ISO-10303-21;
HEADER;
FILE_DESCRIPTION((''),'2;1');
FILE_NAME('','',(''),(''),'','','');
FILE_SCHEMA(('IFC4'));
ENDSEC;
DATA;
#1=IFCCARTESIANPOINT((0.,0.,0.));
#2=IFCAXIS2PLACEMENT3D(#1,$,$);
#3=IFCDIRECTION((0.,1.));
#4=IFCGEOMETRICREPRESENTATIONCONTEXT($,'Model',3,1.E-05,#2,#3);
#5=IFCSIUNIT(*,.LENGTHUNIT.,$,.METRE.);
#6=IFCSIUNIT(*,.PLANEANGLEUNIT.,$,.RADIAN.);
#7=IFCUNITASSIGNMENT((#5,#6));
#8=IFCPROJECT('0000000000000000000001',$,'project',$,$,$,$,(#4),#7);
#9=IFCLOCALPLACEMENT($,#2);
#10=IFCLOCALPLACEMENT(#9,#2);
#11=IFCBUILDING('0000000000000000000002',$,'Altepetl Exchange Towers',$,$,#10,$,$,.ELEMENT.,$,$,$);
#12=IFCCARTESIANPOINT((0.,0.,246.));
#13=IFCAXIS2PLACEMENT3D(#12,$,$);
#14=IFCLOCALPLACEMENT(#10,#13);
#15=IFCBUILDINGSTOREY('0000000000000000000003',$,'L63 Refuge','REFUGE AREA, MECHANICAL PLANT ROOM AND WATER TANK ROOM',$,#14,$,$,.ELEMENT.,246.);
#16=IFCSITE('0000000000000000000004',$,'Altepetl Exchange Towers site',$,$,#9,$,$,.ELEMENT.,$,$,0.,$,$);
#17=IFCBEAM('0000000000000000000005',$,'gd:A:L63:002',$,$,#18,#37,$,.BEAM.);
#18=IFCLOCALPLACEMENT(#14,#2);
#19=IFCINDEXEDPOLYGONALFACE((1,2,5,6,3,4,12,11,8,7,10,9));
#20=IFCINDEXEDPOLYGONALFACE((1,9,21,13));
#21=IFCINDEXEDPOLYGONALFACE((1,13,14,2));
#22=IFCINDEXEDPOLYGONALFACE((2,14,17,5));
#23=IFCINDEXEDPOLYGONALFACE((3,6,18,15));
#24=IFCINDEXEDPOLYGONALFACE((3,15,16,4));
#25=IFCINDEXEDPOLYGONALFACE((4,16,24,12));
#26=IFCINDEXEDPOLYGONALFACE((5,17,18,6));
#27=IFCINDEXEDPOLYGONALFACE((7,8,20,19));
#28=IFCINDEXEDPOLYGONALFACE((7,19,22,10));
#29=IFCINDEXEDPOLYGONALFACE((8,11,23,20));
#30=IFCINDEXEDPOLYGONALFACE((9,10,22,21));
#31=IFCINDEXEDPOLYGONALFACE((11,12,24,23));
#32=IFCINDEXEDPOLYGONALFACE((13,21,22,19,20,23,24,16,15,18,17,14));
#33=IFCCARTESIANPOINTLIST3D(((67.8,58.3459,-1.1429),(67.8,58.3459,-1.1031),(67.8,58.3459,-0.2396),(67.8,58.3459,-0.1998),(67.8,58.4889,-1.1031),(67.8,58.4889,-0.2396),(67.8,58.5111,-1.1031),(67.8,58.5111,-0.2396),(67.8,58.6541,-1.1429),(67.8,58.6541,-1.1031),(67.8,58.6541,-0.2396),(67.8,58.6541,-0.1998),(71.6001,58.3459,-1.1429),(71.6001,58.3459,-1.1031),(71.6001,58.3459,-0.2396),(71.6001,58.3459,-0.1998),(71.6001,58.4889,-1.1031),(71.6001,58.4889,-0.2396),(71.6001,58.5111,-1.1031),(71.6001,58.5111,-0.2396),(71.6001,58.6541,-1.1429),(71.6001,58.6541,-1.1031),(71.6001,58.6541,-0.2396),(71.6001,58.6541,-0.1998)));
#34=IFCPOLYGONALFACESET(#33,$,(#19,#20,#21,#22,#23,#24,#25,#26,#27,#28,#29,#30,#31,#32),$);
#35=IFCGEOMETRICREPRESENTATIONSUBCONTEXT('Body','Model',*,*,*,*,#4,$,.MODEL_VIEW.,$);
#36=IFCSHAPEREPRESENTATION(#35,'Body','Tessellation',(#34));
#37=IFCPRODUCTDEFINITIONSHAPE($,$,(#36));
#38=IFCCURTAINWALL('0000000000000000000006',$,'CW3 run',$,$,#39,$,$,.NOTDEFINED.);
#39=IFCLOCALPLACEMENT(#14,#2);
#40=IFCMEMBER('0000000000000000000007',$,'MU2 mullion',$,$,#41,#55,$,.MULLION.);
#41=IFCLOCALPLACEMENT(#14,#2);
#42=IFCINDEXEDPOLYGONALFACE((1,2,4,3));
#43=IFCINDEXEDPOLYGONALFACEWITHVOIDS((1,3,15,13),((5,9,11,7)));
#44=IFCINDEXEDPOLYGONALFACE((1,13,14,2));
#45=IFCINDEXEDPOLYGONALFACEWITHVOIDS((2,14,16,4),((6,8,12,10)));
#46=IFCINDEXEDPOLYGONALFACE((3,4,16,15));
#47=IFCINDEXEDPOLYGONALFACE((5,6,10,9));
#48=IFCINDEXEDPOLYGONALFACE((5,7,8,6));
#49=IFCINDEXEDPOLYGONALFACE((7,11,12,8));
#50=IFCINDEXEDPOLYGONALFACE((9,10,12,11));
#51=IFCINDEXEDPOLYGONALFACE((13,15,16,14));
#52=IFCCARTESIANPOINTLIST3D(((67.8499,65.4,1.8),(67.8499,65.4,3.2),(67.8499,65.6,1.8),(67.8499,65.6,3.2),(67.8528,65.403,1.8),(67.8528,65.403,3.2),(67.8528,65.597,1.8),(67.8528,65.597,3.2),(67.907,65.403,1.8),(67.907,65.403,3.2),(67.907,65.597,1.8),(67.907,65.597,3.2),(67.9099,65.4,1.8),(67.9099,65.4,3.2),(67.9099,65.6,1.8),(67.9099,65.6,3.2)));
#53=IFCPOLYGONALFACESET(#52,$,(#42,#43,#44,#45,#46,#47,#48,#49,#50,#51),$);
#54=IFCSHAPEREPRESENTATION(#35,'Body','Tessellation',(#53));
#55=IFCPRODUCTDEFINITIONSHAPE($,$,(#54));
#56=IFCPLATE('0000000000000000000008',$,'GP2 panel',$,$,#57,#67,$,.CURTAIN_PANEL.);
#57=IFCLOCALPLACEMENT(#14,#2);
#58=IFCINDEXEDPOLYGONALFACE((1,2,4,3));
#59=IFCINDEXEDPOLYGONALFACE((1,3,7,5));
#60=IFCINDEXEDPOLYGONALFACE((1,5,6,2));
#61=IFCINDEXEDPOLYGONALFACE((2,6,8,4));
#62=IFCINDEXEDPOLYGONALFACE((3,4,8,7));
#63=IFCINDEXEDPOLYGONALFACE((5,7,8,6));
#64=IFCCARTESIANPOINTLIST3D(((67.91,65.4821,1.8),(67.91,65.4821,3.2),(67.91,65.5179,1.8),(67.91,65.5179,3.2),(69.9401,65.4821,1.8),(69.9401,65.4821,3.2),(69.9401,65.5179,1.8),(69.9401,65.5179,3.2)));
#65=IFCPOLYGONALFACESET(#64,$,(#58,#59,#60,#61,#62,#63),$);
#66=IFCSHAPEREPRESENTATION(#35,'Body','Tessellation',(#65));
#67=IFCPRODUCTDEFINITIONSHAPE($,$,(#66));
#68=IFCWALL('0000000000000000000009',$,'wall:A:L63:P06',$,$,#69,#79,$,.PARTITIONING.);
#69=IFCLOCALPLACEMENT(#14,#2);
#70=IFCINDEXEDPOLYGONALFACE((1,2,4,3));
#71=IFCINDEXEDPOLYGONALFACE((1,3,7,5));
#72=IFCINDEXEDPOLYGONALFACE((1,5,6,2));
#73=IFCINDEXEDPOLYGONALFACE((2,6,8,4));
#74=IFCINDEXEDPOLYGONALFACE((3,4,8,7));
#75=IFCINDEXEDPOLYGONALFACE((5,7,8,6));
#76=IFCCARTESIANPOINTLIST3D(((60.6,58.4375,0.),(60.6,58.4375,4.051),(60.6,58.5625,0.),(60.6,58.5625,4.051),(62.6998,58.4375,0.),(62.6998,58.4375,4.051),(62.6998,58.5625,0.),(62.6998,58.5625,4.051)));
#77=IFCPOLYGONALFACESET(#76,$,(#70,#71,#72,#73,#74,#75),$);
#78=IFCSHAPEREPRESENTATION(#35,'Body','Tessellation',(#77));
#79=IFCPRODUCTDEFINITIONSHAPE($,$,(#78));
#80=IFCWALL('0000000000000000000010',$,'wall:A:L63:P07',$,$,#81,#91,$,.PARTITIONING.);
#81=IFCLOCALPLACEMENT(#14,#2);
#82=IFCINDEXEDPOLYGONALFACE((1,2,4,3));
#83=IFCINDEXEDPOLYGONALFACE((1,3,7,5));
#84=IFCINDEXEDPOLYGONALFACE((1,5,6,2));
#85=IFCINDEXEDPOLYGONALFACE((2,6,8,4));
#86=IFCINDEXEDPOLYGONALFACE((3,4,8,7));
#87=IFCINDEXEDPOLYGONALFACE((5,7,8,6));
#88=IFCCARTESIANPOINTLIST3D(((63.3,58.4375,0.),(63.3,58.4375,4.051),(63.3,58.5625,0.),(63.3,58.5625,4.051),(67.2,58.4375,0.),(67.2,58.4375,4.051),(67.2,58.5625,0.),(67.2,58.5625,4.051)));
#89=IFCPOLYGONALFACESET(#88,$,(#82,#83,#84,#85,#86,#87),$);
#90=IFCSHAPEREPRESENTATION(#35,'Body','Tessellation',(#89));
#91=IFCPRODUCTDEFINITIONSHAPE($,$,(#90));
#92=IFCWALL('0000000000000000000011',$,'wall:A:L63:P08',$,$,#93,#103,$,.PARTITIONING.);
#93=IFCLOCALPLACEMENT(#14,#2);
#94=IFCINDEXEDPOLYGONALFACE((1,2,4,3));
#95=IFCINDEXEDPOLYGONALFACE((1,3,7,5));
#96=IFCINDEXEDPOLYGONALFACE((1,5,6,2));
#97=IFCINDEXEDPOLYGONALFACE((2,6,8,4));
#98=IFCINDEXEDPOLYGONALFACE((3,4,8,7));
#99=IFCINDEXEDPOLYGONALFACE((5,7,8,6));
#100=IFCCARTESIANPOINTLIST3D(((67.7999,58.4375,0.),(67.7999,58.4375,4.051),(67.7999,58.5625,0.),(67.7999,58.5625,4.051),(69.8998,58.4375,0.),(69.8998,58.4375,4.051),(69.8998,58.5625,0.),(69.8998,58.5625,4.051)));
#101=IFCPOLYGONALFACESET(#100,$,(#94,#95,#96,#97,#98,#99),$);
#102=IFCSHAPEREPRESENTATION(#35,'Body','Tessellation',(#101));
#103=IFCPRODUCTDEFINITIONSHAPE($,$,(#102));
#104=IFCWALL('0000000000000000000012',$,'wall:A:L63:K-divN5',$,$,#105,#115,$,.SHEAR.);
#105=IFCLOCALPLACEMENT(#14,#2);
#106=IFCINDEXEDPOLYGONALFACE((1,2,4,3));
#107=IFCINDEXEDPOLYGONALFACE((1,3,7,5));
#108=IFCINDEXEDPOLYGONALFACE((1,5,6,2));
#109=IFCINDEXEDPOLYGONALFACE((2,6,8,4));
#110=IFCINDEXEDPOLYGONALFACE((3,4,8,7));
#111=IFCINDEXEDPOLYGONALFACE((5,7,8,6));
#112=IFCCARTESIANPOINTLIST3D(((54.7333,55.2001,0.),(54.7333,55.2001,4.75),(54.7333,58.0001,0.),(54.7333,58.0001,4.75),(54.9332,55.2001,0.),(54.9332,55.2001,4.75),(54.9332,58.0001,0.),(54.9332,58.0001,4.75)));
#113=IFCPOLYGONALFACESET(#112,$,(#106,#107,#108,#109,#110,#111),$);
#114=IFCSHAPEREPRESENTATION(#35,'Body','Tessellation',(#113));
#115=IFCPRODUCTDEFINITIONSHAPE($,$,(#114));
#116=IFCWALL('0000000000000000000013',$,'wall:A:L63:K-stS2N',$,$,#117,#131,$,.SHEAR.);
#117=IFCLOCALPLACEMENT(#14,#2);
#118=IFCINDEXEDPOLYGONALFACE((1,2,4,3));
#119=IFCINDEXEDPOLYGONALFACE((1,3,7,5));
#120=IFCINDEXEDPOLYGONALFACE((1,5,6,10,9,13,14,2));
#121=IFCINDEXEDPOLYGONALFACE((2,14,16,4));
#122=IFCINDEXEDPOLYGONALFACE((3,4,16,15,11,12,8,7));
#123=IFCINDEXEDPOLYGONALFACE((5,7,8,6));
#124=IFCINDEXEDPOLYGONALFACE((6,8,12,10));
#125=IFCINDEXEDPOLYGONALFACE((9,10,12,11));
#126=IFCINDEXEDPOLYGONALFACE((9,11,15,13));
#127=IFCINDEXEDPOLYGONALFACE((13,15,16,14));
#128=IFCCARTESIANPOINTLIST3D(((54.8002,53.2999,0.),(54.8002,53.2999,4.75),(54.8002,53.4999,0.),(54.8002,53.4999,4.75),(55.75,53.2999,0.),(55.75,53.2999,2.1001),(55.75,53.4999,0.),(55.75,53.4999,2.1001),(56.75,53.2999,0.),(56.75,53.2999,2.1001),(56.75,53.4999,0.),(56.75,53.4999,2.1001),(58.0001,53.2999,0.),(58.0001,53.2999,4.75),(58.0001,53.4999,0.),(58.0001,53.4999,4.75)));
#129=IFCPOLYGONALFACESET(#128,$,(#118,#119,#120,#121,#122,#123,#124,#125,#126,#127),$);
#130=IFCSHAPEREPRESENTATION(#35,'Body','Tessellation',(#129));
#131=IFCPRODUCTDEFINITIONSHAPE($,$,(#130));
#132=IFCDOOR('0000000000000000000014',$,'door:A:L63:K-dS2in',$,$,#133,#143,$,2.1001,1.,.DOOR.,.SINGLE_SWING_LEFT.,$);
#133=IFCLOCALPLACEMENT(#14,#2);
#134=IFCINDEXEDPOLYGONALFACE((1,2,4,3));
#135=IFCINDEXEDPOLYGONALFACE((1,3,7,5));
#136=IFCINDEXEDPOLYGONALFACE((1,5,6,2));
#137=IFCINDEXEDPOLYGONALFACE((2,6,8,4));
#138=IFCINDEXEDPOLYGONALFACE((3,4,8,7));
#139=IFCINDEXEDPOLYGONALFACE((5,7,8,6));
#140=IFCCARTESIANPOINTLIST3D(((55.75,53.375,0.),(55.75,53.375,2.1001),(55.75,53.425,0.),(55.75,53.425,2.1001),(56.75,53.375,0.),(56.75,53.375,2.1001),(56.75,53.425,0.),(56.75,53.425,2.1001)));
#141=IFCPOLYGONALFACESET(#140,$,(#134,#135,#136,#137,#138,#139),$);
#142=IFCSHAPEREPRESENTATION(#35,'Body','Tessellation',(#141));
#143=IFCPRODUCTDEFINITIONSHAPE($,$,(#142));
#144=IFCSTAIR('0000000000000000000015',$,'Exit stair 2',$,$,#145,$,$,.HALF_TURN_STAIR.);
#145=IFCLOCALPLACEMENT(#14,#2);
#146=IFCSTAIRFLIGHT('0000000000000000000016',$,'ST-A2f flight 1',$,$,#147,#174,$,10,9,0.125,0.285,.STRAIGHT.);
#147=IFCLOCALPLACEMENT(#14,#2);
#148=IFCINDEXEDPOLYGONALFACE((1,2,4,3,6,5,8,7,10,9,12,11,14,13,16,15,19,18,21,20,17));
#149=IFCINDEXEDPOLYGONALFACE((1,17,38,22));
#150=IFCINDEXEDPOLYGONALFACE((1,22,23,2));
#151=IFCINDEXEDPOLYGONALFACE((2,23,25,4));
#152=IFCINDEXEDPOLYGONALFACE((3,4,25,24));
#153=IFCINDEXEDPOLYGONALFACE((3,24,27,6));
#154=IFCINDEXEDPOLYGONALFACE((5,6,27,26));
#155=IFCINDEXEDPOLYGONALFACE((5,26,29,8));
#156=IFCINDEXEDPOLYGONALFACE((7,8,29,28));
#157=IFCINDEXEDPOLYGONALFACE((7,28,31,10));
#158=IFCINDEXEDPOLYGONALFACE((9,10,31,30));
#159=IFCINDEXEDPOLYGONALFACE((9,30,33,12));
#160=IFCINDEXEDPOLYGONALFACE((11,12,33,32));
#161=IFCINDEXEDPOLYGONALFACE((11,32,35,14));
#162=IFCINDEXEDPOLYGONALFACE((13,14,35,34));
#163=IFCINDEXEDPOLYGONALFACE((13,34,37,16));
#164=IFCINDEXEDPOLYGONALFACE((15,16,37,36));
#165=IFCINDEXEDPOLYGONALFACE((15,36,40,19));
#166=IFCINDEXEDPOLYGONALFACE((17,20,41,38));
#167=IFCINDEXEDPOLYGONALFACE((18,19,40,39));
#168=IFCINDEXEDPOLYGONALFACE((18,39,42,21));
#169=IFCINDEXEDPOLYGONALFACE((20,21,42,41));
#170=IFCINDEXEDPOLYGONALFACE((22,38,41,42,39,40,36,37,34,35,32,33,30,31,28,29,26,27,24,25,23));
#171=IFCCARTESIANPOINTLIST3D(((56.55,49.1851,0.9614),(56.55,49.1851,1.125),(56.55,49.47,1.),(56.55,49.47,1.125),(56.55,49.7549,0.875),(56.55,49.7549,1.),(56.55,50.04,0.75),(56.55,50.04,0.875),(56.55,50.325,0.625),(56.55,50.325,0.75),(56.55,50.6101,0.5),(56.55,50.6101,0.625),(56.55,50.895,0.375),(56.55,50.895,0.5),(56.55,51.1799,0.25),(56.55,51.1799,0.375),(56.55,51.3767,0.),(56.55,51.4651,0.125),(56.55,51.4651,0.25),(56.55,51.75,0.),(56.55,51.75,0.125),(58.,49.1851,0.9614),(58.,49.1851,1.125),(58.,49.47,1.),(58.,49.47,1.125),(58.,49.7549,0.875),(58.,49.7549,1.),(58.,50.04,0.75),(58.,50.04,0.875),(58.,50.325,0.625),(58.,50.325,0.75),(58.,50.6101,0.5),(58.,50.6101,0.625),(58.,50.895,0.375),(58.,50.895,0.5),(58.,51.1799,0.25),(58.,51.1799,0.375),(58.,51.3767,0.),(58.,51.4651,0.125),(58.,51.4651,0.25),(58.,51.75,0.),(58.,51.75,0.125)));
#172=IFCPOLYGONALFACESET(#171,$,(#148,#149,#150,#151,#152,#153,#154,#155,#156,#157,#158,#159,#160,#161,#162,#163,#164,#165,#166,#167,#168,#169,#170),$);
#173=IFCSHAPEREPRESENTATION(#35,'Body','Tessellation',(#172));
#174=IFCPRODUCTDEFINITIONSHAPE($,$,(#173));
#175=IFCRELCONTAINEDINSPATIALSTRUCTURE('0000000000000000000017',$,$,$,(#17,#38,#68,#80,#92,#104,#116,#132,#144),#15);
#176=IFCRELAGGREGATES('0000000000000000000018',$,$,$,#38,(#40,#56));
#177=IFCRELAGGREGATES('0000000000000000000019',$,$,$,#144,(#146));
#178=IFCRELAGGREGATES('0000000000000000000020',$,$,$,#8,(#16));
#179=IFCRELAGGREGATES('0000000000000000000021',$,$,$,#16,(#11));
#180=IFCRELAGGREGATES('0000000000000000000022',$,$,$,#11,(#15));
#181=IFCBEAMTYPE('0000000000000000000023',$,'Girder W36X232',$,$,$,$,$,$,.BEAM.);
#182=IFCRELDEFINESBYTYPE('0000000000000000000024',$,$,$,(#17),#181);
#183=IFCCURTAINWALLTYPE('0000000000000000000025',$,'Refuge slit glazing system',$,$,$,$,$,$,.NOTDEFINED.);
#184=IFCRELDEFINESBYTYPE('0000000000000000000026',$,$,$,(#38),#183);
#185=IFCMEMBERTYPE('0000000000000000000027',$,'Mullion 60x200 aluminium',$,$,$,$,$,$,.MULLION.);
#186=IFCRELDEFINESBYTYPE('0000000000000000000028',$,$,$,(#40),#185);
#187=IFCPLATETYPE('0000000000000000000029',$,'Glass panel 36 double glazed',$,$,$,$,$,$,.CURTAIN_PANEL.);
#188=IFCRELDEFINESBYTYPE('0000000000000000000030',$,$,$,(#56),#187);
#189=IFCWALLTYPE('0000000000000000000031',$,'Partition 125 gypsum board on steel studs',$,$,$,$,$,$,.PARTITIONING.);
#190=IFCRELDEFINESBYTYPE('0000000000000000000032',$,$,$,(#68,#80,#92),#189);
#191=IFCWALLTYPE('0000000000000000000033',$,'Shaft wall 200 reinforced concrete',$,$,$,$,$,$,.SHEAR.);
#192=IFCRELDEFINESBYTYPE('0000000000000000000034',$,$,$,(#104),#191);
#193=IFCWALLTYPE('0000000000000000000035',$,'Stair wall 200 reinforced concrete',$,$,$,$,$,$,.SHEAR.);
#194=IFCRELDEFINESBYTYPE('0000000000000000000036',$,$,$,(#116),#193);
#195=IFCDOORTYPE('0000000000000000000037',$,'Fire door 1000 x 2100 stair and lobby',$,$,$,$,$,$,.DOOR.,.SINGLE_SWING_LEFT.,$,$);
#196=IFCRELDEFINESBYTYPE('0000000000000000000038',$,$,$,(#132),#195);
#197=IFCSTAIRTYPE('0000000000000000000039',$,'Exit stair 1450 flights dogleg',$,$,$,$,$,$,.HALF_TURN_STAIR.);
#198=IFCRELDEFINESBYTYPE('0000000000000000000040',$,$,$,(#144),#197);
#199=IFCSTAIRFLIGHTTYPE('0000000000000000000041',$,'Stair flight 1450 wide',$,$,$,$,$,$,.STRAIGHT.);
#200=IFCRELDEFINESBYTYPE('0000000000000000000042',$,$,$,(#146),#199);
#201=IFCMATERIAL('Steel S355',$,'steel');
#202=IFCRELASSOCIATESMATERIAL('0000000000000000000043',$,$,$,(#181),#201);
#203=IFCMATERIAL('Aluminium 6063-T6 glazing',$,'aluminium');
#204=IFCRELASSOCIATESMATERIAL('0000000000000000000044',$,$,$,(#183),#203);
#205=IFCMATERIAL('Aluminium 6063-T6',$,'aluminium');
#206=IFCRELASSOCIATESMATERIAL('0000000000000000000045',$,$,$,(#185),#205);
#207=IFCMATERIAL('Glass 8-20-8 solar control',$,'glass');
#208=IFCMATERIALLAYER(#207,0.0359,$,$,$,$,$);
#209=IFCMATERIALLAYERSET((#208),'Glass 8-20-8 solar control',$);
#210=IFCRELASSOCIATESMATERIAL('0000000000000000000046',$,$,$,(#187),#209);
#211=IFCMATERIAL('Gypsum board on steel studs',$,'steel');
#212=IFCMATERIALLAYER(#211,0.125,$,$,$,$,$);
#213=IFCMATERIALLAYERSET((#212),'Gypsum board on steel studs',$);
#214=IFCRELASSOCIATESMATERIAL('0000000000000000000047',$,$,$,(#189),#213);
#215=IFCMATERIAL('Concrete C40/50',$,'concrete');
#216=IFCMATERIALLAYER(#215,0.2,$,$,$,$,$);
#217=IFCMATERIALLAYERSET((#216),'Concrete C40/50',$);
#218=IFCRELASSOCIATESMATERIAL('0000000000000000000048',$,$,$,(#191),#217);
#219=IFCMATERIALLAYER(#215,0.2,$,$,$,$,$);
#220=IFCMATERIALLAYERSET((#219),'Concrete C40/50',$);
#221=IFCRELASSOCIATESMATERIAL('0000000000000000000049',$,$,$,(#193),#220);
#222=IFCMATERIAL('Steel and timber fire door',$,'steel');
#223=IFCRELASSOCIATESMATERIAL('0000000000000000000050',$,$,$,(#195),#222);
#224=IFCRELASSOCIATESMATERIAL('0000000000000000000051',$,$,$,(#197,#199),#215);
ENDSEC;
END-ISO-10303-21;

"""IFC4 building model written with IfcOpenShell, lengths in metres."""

from ifc_helpers import new_model, si_unit, direction, frame, frame_2d, origin, origin_2d, place, context, subcontext, project, spatial, polyline, rectangle, hollow_rectangle, i_section, outline, extrude, material, layer, layer_set, material_profile, profile_set, type_object, element, fill, aggregate, save


model = new_model("IFC4")

# Units and contexts
model_context = context("Model", 3, precision=1e-05, world=origin(), true_north=direction((0.0, 1.0)))
body_context = subcontext(model_context, "Body", "Model", "MODEL_VIEW")
ifc_project = project(units=[si_unit("LENGTHUNIT", "METRE"), si_unit("PLANEANGLEUNIT", "RADIAN")], contexts=[model_context])

# Site, building, storey
site_placement = place(None, origin())
site = spatial("IfcSite", under=ifc_project, at=site_placement, Name="Altepetl Exchange Towers site", CompositionType="ELEMENT", RefElevation=0.0)
building_placement = place(site_placement, origin())
building = spatial("IfcBuilding", under=site, at=building_placement, Name="Altepetl Exchange Towers", CompositionType="ELEMENT")
storey_placement = place(building_placement, frame((0.0, 0.0, 246.0)))
storey = spatial("IfcBuildingStorey", under=building, at=storey_placement, Name="L63 Refuge", Description="REFUGE AREA, MECHANICAL PLANT ROOM AND WATER TANK ROOM", CompositionType="ELEMENT", Elevation=246.0)

# Beam
ifc_material_1 = material(Name="Steel S355", Category="steel")
ifc_material_profile_1 = material_profile(ifc_material_1, i_section(OverallWidth=0.3081, OverallDepth=0.9431, WebThickness=0.0222, FlangeThickness=0.0398, at=origin_2d()), Name="W36X232")
ifc_profile_set_1 = profile_set([ifc_material_profile_1], Name="Steel S355")
beam_type_1 = type_object("IfcBeamType", Name="Girder W36X232", PredefinedType="BEAM", material=ifc_profile_set_1)
beam_1_placement = place(storey_placement, frame((67.8, 58.5, -0.6714), z_axis=(1.0, 0.0, 0.0), x_axis=(0.0, 1.0, 0.0)))
element("IfcBeam", 1, at=beam_1_placement, inside=storey, type_object=beam_type_1, Name="gd:A:L63:002", PredefinedType="BEAM", context=body_context, shape_type="SweptSolid", body=[
    extrude(i_section(OverallWidth=0.3081, OverallDepth=0.9431, WebThickness=0.0222, FlangeThickness=0.0398, at=origin_2d()), origin(), (0.0, 0.0, 1.0), 3.8),
])

# Curtain wall, member, plate
ifc_material_2 = material(Name="Aluminium 6063-T6 glazing", Category="aluminium")
curtain_wall_type = type_object("IfcCurtainWallType", Name="Refuge slit glazing system", PredefinedType="NOTDEFINED", material=ifc_material_2)
curtain_wall_placement = place(storey_placement, origin())
curtain_wall = element("IfcCurtainWall", 2, at=curtain_wall_placement, inside=storey, type_object=curtain_wall_type, Name="CW3 run", PredefinedType="NOTDEFINED")
ifc_material_3 = material(Name="Aluminium 6063-T6", Category="aluminium")
ifc_material_profile_2 = material_profile(ifc_material_3, hollow_rectangle(XDim=0.0601, YDim=0.2, WallThickness=0.0029, at=origin_2d()), Name="Mullion 60x200 aluminium")
ifc_profile_set_2 = profile_set([ifc_material_profile_2], Name="Aluminium 6063-T6")
member_type = type_object("IfcMemberType", Name="Mullion 60x200 aluminium", PredefinedType="MULLION", material=ifc_profile_set_2)
member_placement = place(storey_placement, frame((67.8799, 65.5, 1.8), z_axis=(0.0, 0.0, 1.0), x_axis=(-1.0, 0.0, 0.0)))
member = element("IfcMember", 3, at=member_placement, type_object=member_type, Name="MU2 mullion", PredefinedType="MULLION", context=body_context, shape_type="SweptSolid", body=[
    extrude(hollow_rectangle(XDim=0.0601, YDim=0.2, WallThickness=0.0029, at=origin_2d()), origin(), (0.0, 0.0, 1.0), 1.3999),
])
ifc_material_4 = material(Name="Glass 8-20-8 solar control", Category="glass")
ifc_layer_1 = layer(ifc_material_4, 0.0359)
ifc_layer_set_1 = layer_set([ifc_layer_1], Name="Glass 8-20-8 solar control")
plate_type = type_object("IfcPlateType", Name="Glass panel 36 double glazed", PredefinedType="CURTAIN_PANEL", material=ifc_layer_set_1)
plate_placement = place(storey_placement, frame((68.925, 65.5, 1.8), z_axis=(0.0, 0.0, 1.0), x_axis=(-1.0, 0.0, 0.0)))
plate = element("IfcPlate", 4, at=plate_placement, type_object=plate_type, Name="GP2 panel", PredefinedType="CURTAIN_PANEL", context=body_context, shape_type="SweptSolid", body=[
    extrude(rectangle(XDim=2.03, YDim=0.0359, at=origin_2d()), origin(), (0.0, 0.0, 1.0), 1.3999),
])
aggregate(curtain_wall, [member, plate])

# Walls
ifc_material_5 = material(Name="Gypsum board on steel studs", Category="steel")
ifc_layer_2 = layer(ifc_material_5, 0.125)
ifc_layer_set_2 = layer_set([ifc_layer_2], Name="Gypsum board on steel studs")
wall_type_1 = type_object("IfcWallType", Name="Partition 125 gypsum board on steel studs", PredefinedType="PARTITIONING", material=ifc_layer_set_2)
wall_1_placement = place(storey_placement, frame((60.6001, 58.5, 0.0)))
element("IfcWall", 5, at=wall_1_placement, inside=storey, type_object=wall_type_1, Name="wall:A:L63:P06", PredefinedType="PARTITIONING", context=body_context, shape_type="SweptSolid", body=[
    extrude(rectangle(XDim=2.0999, YDim=0.125, at=frame_2d((1.0498, 0.0))), origin(), (0.0, 0.0, 1.0), 4.051),
])
wall_2_placement = place(storey_placement, frame((63.3, 58.5, 0.0)))
element("IfcWall", 6, at=wall_2_placement, inside=storey, type_object=wall_type_1, Name="wall:A:L63:P07", PredefinedType="PARTITIONING", context=body_context, shape_type="SweptSolid", body=[
    extrude(rectangle(XDim=3.8999, YDim=0.125, at=frame_2d((1.95, 0.0))), origin(), (0.0, 0.0, 1.0), 4.051),
])
wall_3_placement = place(storey_placement, frame((67.8, 58.5, 0.0)))
element("IfcWall", 7, at=wall_3_placement, inside=storey, type_object=wall_type_1, Name="wall:A:L63:P08", PredefinedType="PARTITIONING", context=body_context, shape_type="SweptSolid", body=[
    extrude(rectangle(XDim=2.0999, YDim=0.125, at=frame_2d((1.0498, 0.0))), origin(), (0.0, 0.0, 1.0), 4.051),
])
ifc_material_6 = material(Name="Concrete C40/50", Category="concrete")
ifc_layer_3 = layer(ifc_material_6, 0.2)
ifc_layer_set_3 = layer_set([ifc_layer_3], Name="Concrete C40/50")
wall_type_2 = type_object("IfcWallType", Name="Shaft wall 200 reinforced concrete", PredefinedType="SHEAR", material=ifc_layer_set_3)
wall_4_placement = place(storey_placement, frame((54.8333, 58.0, 0.0), z_axis=(0.0, 0.0, 1.0), x_axis=(0.0, -1.0, 0.0)))
element("IfcWall", 8, at=wall_4_placement, inside=storey, type_object=wall_type_2, Name="wall:A:L63:K-divN5", PredefinedType="SHEAR", context=body_context, shape_type="SweptSolid", body=[
    extrude(rectangle(XDim=2.8, YDim=0.2, at=frame_2d((1.3999, 0.0))), origin(), (0.0, 0.0, 1.0), 4.75),
])

# Wall, opening, door
ifc_layer_4 = layer(ifc_material_6, 0.2)
ifc_layer_set_4 = layer_set([ifc_layer_4], Name="Concrete C40/50")
wall_type_3 = type_object("IfcWallType", Name="Stair wall 200 reinforced concrete", PredefinedType="SHEAR", material=ifc_layer_set_4)
wall_5_placement = place(storey_placement, frame((54.8, 53.3999, 0.0)))
wall_5 = element("IfcWall", 9, at=wall_5_placement, inside=storey, type_object=wall_type_3, Name="wall:A:L63:K-stS2N", PredefinedType="SHEAR", context=body_context, shape_type="SweptSolid", body=[
    extrude(rectangle(XDim=3.2, YDim=0.2, at=frame_2d((1.6001, 0.0))), origin(), (0.0, 0.0, 1.0), 4.75),
])
opening_placement = place(wall_5_placement, frame((0.95, 0.0, 0.0)))
opening = element("IfcOpeningElement", 10, at=opening_placement, cuts=wall_5, PredefinedType="OPENING", context=body_context, shape_type="SweptSolid", body=[
    extrude(rectangle(XDim=1.0, YDim=2.1001, at=frame_2d((0.5, 1.05))), frame((0.0, 0.1099, 0.0), z_axis=(0.0, -1.0, 0.0), x_axis=(1.0, 0.0, 0.0)), (0.0, 0.0, 1.0), 0.22),
])
ifc_material_7 = material(Name="Steel and timber fire door", Category="steel")
door_type = type_object("IfcDoorType", Name="Fire door 1000 x 2100 stair and lobby", OperationType="SINGLE_SWING_LEFT", PredefinedType="DOOR", material=ifc_material_7)
door_placement = place(opening_placement, frame((1.0, 0.0, 0.0), x_axis=(-1.0, 0.0, 0.0)))
door = element("IfcDoor", 11, at=door_placement, inside=storey, type_object=door_type, Name="door:A:L63:K-dS2in", OperationType="SINGLE_SWING_LEFT", OverallHeight=2.1001, OverallWidth=1.0, PredefinedType="DOOR", context=body_context, shape_type="SweptSolid", body=[
    extrude(rectangle(XDim=1.0, YDim=2.1001, at=frame_2d((0.5, 1.05))), frame((0.0, 0.0249, 0.0), z_axis=(0.0, -1.0, 0.0), x_axis=(1.0, 0.0, 0.0)), (0.0, 0.0, 1.0), 0.05),
])
fill(opening, door)

# Stair, stair flight
stair_type = type_object("IfcStairType", Name="Exit stair 1450 flights dogleg", PredefinedType="HALF_TURN_STAIR", material=ifc_material_6)
stair_placement = place(storey_placement, origin())
stair = element("IfcStair", 12, at=stair_placement, inside=storey, type_object=stair_type, Name="Exit stair 2", PredefinedType="HALF_TURN_STAIR")
stair_flight_type = type_object("IfcStairFlightType", Name="Stair flight 1450 wide", PredefinedType="STRAIGHT", material=ifc_material_6)
stair_flight_1_placement = place(storey_placement, frame((57.2749, 51.75, 0.0), z_axis=(0.0, 0.0, 1.0), x_axis=(0.0, -1.0, 0.0)))
stair_flight_1 = element("IfcStairFlight", 13, at=stair_flight_1_placement, type_object=stair_flight_type, Name="ST-A2f flight 1", NumberOfRisers=10, NumberOfTreads=9, PredefinedType="STRAIGHT", RiserHeight=0.125, TreadLength=0.285, context=body_context, shape_type="SweptSolid", body=[
    extrude(outline(polyline([(0.0, 0.0), (0.0, 0.125), (0.2849, 0.125), (0.2849, 0.25), (0.5701, 0.25), (0.5701, 0.375), (0.855, 0.375), (0.855, 0.5), (1.1399, 0.5), (1.1399, 0.625), (1.425, 0.625), (1.425, 0.75), (1.71, 0.75), (1.71, 0.875), (1.9951, 0.875), (1.9951, 1.0), (2.28, 1.0), (2.28, 1.125), (2.5649, 1.125), (2.5649, 1.25), (2.5649, 0.9614), (0.3733, 0.0), (0.0, 0.0)])), frame((0.0, 0.7251, 0.0), z_axis=(0.0, -1.0, 0.0), x_axis=(1.0, 0.0, 0.0)), (0.0, 0.0, 1.0), 1.45),
])
aggregate(stair, [stair_flight_1])

save(model, "model.ifc")
